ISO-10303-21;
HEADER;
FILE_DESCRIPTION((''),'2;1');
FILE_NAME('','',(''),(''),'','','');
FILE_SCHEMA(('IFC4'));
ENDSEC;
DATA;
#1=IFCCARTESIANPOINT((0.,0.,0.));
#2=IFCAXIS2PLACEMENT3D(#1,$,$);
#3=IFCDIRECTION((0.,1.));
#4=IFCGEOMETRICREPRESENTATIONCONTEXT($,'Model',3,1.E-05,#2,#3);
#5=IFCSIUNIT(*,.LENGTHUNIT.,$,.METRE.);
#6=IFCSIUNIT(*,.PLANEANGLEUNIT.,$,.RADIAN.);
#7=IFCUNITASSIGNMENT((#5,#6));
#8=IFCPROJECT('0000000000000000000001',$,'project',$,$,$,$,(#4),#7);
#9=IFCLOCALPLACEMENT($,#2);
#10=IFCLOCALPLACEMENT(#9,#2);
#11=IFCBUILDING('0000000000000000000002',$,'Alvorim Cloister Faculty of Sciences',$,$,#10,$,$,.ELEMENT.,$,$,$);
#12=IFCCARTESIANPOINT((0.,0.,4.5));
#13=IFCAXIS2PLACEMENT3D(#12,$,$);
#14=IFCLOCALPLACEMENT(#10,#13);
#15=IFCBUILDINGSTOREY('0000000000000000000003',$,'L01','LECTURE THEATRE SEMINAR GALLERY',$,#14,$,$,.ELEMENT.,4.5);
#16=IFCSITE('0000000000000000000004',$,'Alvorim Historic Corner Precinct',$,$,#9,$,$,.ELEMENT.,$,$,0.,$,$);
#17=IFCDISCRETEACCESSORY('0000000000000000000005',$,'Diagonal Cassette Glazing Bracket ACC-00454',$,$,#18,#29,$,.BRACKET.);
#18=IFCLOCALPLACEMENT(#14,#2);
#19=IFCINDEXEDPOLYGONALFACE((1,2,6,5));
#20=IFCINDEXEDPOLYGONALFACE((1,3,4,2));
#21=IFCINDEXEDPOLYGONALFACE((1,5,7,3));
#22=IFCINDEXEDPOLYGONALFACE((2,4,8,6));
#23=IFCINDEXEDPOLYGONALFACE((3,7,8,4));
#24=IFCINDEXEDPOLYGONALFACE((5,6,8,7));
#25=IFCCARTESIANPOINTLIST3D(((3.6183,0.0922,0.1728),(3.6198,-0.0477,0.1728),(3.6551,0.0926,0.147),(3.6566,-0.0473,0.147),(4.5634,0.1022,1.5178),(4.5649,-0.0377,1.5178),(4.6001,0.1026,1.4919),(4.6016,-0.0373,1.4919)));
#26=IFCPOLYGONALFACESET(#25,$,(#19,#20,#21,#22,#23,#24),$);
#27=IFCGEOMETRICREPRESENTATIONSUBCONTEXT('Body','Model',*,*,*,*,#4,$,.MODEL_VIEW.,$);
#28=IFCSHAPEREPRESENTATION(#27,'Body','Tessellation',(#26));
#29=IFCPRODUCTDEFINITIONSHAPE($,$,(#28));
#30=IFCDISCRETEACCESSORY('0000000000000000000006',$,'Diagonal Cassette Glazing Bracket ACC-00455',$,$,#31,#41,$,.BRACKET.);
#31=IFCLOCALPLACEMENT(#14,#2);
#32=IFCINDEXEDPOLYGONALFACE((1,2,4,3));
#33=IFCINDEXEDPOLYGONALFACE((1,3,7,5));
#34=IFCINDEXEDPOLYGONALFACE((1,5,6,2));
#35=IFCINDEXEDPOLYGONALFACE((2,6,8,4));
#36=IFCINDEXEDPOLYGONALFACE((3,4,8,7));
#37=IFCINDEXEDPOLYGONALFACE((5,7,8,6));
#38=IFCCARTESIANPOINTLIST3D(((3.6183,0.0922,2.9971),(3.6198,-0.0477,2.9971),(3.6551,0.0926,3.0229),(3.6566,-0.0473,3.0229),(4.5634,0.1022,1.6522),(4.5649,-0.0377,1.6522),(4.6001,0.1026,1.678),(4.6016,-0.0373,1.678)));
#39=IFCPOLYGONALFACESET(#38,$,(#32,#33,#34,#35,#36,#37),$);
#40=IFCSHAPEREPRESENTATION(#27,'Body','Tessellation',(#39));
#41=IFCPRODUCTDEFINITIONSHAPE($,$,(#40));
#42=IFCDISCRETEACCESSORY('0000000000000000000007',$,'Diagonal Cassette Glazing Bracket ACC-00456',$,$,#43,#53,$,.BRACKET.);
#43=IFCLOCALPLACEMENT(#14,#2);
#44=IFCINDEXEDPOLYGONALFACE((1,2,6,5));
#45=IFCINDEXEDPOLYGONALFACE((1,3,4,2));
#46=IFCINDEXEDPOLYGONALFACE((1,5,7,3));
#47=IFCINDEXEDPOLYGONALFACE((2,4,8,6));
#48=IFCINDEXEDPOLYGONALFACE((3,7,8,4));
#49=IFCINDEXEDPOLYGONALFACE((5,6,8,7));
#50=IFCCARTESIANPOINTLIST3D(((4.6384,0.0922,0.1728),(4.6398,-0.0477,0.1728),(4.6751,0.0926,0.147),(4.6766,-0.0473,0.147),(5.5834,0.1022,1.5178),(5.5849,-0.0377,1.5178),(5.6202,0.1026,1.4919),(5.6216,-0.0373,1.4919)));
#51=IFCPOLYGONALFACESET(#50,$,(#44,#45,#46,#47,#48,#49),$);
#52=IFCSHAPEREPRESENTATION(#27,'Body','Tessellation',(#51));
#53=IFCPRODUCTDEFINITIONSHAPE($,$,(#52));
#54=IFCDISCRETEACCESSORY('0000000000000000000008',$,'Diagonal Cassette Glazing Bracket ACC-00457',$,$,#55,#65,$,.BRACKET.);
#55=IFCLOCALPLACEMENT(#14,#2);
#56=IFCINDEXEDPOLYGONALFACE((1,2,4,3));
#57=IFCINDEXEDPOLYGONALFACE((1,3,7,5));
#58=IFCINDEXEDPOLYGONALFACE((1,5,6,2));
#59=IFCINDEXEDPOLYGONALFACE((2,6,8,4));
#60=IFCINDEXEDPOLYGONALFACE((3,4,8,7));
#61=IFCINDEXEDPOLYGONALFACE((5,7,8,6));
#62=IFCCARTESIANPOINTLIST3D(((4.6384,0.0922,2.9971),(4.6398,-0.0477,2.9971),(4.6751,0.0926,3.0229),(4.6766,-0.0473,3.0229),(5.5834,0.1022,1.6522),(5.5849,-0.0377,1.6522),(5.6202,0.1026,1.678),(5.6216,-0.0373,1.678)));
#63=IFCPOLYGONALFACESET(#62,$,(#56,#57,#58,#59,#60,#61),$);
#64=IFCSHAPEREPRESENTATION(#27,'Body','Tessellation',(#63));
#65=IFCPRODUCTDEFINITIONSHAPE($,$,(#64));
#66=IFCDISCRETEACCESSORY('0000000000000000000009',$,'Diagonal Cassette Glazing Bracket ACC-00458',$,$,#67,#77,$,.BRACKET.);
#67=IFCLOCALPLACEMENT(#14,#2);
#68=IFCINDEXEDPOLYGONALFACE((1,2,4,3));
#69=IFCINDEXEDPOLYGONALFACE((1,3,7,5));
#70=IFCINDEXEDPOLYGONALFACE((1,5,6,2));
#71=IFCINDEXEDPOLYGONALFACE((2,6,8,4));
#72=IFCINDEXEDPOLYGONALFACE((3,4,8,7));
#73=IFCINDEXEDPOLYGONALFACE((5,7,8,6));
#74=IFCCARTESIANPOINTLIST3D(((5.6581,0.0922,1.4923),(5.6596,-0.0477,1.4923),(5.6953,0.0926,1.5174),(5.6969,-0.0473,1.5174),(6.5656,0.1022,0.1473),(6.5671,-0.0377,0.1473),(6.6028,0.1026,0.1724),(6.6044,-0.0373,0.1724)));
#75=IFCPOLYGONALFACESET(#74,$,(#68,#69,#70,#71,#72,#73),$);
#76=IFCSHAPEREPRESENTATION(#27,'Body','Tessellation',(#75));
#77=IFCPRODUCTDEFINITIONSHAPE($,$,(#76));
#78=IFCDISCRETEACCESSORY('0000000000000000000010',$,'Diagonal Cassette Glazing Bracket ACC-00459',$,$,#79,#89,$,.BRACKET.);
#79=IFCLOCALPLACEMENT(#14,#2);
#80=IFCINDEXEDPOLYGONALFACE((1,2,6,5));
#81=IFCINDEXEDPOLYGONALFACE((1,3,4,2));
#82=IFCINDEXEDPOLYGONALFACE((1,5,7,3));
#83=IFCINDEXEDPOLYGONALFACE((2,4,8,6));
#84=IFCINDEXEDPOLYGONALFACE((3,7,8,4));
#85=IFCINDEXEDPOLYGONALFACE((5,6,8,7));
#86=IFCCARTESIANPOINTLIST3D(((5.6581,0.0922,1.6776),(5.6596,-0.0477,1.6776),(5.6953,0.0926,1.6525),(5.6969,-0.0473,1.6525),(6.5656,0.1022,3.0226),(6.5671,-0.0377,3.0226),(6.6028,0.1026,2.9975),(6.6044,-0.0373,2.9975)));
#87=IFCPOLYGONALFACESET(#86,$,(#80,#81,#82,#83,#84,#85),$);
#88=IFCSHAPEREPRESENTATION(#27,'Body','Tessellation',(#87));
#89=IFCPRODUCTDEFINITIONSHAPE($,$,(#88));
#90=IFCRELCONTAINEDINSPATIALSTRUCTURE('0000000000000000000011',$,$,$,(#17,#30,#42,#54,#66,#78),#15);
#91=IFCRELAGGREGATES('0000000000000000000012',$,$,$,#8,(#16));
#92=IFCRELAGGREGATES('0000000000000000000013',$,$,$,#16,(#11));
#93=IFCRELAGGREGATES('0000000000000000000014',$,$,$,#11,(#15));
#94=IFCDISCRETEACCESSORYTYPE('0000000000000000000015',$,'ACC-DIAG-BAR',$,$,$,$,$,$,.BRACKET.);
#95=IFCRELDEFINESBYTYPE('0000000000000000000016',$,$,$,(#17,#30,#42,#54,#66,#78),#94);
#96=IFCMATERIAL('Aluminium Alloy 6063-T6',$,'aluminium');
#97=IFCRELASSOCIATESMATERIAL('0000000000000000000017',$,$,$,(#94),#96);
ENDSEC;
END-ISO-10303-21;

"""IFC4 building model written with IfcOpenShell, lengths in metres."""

from ifc_helpers import new_model, si_unit, direction, frame, origin, origin_2d, place, context, subcontext, project, spatial, rectangle, extrude, material, type_object, element, save


model = new_model("IFC4")

# Units and contexts
model_context = context("Model", 3, precision=1e-05, world=origin(), true_north=direction((0.0, 1.0)))
body_context = subcontext(model_context, "Body", "Model", "MODEL_VIEW")
ifc_project = project(units=[si_unit("LENGTHUNIT", "METRE"), si_unit("PLANEANGLEUNIT", "RADIAN")], contexts=[model_context])

# Site, building, storey
site_placement = place(None, origin())
site = spatial("IfcSite", under=ifc_project, at=site_placement, Name="Alvorim Historic Corner Precinct", CompositionType="ELEMENT", RefElevation=0.0)
building_placement = place(site_placement, origin())
building = spatial("IfcBuilding", under=site, at=building_placement, Name="Alvorim Cloister Faculty of Sciences", CompositionType="ELEMENT")
storey_placement = place(building_placement, frame((0.0, 0.0, 4.5)))
storey = spatial("IfcBuildingStorey", under=building, at=storey_placement, Name="L01", Description="LECTURE THEATRE SEMINAR GALLERY", CompositionType="ELEMENT", Elevation=4.5)

# Shared definitions
ifc_material_1 = material(Name="Aluminium Alloy 6063-T6", Category="aluminium")

# Discrete accessories
discrete_accessory_type = type_object("IfcDiscreteAccessoryType", Name="ACC-DIAG-BAR", PredefinedType="BRACKET", material=ifc_material_1)
for number, where, z_axis, x_axis, name in (
    (1, (3.6375, 0.0225, 0.1599), (0.574916, 0.006089, 0.81819), (-0.010591, 0.999944, 0.0), "Diagonal Cassette Glazing Bracket ACC-00454"),
    (2, (3.6375, 0.0225, 3.01), (0.574916, 0.006089, -0.81819), (-0.010591, 0.999944, 0.0), "Diagonal Cassette Glazing Bracket ACC-00455"),
    (3, (4.6575, 0.0225, 0.1599), (0.574916, 0.006089, 0.81819), (-0.010591, 0.999944, 0.0), "Diagonal Cassette Glazing Bracket ACC-00456"),
    (4, (4.6575, 0.0225, 3.01), (0.574916, 0.006089, -0.81819), (-0.010591, 0.999944, 0.0), "Diagonal Cassette Glazing Bracket ACC-00457"),
):
    element("IfcDiscreteAccessory", number, at=place(storey_placement, frame(where, z_axis=z_axis, x_axis=x_axis)), inside=storey, type_object=discrete_accessory_type, Name=name, PredefinedType="BRACKET", context=body_context, shape_type="SweptSolid", body=[
        extrude(rectangle(XDim=0.1399, YDim=0.0449, at=origin_2d()), origin(), (0.0, 0.0, 1.0), 1.6438),
    ])
for number, where, z_axis, x_axis, name in (
    (5, (5.6775, 0.0225, 1.5049), (0.559299, 0.006169, -0.828943), (-0.01103, 0.999939, 0.0), "Diagonal Cassette Glazing Bracket ACC-00458"),
    (6, (5.6775, 0.0225, 1.665), (0.559299, 0.006169, 0.828943), (-0.01103, 0.999939, 0.0), "Diagonal Cassette Glazing Bracket ACC-00459"),
):
    element("IfcDiscreteAccessory", number, at=place(storey_placement, frame(where, z_axis=z_axis, x_axis=x_axis)), inside=storey, type_object=discrete_accessory_type, Name=name, PredefinedType="BRACKET", context=body_context, shape_type="SweptSolid", body=[
        extrude(rectangle(XDim=0.1399, YDim=0.0449, at=origin_2d()), origin(), (0.0, 0.0, 1.0), 1.6226),
    ])

save(model, "model.ifc")
